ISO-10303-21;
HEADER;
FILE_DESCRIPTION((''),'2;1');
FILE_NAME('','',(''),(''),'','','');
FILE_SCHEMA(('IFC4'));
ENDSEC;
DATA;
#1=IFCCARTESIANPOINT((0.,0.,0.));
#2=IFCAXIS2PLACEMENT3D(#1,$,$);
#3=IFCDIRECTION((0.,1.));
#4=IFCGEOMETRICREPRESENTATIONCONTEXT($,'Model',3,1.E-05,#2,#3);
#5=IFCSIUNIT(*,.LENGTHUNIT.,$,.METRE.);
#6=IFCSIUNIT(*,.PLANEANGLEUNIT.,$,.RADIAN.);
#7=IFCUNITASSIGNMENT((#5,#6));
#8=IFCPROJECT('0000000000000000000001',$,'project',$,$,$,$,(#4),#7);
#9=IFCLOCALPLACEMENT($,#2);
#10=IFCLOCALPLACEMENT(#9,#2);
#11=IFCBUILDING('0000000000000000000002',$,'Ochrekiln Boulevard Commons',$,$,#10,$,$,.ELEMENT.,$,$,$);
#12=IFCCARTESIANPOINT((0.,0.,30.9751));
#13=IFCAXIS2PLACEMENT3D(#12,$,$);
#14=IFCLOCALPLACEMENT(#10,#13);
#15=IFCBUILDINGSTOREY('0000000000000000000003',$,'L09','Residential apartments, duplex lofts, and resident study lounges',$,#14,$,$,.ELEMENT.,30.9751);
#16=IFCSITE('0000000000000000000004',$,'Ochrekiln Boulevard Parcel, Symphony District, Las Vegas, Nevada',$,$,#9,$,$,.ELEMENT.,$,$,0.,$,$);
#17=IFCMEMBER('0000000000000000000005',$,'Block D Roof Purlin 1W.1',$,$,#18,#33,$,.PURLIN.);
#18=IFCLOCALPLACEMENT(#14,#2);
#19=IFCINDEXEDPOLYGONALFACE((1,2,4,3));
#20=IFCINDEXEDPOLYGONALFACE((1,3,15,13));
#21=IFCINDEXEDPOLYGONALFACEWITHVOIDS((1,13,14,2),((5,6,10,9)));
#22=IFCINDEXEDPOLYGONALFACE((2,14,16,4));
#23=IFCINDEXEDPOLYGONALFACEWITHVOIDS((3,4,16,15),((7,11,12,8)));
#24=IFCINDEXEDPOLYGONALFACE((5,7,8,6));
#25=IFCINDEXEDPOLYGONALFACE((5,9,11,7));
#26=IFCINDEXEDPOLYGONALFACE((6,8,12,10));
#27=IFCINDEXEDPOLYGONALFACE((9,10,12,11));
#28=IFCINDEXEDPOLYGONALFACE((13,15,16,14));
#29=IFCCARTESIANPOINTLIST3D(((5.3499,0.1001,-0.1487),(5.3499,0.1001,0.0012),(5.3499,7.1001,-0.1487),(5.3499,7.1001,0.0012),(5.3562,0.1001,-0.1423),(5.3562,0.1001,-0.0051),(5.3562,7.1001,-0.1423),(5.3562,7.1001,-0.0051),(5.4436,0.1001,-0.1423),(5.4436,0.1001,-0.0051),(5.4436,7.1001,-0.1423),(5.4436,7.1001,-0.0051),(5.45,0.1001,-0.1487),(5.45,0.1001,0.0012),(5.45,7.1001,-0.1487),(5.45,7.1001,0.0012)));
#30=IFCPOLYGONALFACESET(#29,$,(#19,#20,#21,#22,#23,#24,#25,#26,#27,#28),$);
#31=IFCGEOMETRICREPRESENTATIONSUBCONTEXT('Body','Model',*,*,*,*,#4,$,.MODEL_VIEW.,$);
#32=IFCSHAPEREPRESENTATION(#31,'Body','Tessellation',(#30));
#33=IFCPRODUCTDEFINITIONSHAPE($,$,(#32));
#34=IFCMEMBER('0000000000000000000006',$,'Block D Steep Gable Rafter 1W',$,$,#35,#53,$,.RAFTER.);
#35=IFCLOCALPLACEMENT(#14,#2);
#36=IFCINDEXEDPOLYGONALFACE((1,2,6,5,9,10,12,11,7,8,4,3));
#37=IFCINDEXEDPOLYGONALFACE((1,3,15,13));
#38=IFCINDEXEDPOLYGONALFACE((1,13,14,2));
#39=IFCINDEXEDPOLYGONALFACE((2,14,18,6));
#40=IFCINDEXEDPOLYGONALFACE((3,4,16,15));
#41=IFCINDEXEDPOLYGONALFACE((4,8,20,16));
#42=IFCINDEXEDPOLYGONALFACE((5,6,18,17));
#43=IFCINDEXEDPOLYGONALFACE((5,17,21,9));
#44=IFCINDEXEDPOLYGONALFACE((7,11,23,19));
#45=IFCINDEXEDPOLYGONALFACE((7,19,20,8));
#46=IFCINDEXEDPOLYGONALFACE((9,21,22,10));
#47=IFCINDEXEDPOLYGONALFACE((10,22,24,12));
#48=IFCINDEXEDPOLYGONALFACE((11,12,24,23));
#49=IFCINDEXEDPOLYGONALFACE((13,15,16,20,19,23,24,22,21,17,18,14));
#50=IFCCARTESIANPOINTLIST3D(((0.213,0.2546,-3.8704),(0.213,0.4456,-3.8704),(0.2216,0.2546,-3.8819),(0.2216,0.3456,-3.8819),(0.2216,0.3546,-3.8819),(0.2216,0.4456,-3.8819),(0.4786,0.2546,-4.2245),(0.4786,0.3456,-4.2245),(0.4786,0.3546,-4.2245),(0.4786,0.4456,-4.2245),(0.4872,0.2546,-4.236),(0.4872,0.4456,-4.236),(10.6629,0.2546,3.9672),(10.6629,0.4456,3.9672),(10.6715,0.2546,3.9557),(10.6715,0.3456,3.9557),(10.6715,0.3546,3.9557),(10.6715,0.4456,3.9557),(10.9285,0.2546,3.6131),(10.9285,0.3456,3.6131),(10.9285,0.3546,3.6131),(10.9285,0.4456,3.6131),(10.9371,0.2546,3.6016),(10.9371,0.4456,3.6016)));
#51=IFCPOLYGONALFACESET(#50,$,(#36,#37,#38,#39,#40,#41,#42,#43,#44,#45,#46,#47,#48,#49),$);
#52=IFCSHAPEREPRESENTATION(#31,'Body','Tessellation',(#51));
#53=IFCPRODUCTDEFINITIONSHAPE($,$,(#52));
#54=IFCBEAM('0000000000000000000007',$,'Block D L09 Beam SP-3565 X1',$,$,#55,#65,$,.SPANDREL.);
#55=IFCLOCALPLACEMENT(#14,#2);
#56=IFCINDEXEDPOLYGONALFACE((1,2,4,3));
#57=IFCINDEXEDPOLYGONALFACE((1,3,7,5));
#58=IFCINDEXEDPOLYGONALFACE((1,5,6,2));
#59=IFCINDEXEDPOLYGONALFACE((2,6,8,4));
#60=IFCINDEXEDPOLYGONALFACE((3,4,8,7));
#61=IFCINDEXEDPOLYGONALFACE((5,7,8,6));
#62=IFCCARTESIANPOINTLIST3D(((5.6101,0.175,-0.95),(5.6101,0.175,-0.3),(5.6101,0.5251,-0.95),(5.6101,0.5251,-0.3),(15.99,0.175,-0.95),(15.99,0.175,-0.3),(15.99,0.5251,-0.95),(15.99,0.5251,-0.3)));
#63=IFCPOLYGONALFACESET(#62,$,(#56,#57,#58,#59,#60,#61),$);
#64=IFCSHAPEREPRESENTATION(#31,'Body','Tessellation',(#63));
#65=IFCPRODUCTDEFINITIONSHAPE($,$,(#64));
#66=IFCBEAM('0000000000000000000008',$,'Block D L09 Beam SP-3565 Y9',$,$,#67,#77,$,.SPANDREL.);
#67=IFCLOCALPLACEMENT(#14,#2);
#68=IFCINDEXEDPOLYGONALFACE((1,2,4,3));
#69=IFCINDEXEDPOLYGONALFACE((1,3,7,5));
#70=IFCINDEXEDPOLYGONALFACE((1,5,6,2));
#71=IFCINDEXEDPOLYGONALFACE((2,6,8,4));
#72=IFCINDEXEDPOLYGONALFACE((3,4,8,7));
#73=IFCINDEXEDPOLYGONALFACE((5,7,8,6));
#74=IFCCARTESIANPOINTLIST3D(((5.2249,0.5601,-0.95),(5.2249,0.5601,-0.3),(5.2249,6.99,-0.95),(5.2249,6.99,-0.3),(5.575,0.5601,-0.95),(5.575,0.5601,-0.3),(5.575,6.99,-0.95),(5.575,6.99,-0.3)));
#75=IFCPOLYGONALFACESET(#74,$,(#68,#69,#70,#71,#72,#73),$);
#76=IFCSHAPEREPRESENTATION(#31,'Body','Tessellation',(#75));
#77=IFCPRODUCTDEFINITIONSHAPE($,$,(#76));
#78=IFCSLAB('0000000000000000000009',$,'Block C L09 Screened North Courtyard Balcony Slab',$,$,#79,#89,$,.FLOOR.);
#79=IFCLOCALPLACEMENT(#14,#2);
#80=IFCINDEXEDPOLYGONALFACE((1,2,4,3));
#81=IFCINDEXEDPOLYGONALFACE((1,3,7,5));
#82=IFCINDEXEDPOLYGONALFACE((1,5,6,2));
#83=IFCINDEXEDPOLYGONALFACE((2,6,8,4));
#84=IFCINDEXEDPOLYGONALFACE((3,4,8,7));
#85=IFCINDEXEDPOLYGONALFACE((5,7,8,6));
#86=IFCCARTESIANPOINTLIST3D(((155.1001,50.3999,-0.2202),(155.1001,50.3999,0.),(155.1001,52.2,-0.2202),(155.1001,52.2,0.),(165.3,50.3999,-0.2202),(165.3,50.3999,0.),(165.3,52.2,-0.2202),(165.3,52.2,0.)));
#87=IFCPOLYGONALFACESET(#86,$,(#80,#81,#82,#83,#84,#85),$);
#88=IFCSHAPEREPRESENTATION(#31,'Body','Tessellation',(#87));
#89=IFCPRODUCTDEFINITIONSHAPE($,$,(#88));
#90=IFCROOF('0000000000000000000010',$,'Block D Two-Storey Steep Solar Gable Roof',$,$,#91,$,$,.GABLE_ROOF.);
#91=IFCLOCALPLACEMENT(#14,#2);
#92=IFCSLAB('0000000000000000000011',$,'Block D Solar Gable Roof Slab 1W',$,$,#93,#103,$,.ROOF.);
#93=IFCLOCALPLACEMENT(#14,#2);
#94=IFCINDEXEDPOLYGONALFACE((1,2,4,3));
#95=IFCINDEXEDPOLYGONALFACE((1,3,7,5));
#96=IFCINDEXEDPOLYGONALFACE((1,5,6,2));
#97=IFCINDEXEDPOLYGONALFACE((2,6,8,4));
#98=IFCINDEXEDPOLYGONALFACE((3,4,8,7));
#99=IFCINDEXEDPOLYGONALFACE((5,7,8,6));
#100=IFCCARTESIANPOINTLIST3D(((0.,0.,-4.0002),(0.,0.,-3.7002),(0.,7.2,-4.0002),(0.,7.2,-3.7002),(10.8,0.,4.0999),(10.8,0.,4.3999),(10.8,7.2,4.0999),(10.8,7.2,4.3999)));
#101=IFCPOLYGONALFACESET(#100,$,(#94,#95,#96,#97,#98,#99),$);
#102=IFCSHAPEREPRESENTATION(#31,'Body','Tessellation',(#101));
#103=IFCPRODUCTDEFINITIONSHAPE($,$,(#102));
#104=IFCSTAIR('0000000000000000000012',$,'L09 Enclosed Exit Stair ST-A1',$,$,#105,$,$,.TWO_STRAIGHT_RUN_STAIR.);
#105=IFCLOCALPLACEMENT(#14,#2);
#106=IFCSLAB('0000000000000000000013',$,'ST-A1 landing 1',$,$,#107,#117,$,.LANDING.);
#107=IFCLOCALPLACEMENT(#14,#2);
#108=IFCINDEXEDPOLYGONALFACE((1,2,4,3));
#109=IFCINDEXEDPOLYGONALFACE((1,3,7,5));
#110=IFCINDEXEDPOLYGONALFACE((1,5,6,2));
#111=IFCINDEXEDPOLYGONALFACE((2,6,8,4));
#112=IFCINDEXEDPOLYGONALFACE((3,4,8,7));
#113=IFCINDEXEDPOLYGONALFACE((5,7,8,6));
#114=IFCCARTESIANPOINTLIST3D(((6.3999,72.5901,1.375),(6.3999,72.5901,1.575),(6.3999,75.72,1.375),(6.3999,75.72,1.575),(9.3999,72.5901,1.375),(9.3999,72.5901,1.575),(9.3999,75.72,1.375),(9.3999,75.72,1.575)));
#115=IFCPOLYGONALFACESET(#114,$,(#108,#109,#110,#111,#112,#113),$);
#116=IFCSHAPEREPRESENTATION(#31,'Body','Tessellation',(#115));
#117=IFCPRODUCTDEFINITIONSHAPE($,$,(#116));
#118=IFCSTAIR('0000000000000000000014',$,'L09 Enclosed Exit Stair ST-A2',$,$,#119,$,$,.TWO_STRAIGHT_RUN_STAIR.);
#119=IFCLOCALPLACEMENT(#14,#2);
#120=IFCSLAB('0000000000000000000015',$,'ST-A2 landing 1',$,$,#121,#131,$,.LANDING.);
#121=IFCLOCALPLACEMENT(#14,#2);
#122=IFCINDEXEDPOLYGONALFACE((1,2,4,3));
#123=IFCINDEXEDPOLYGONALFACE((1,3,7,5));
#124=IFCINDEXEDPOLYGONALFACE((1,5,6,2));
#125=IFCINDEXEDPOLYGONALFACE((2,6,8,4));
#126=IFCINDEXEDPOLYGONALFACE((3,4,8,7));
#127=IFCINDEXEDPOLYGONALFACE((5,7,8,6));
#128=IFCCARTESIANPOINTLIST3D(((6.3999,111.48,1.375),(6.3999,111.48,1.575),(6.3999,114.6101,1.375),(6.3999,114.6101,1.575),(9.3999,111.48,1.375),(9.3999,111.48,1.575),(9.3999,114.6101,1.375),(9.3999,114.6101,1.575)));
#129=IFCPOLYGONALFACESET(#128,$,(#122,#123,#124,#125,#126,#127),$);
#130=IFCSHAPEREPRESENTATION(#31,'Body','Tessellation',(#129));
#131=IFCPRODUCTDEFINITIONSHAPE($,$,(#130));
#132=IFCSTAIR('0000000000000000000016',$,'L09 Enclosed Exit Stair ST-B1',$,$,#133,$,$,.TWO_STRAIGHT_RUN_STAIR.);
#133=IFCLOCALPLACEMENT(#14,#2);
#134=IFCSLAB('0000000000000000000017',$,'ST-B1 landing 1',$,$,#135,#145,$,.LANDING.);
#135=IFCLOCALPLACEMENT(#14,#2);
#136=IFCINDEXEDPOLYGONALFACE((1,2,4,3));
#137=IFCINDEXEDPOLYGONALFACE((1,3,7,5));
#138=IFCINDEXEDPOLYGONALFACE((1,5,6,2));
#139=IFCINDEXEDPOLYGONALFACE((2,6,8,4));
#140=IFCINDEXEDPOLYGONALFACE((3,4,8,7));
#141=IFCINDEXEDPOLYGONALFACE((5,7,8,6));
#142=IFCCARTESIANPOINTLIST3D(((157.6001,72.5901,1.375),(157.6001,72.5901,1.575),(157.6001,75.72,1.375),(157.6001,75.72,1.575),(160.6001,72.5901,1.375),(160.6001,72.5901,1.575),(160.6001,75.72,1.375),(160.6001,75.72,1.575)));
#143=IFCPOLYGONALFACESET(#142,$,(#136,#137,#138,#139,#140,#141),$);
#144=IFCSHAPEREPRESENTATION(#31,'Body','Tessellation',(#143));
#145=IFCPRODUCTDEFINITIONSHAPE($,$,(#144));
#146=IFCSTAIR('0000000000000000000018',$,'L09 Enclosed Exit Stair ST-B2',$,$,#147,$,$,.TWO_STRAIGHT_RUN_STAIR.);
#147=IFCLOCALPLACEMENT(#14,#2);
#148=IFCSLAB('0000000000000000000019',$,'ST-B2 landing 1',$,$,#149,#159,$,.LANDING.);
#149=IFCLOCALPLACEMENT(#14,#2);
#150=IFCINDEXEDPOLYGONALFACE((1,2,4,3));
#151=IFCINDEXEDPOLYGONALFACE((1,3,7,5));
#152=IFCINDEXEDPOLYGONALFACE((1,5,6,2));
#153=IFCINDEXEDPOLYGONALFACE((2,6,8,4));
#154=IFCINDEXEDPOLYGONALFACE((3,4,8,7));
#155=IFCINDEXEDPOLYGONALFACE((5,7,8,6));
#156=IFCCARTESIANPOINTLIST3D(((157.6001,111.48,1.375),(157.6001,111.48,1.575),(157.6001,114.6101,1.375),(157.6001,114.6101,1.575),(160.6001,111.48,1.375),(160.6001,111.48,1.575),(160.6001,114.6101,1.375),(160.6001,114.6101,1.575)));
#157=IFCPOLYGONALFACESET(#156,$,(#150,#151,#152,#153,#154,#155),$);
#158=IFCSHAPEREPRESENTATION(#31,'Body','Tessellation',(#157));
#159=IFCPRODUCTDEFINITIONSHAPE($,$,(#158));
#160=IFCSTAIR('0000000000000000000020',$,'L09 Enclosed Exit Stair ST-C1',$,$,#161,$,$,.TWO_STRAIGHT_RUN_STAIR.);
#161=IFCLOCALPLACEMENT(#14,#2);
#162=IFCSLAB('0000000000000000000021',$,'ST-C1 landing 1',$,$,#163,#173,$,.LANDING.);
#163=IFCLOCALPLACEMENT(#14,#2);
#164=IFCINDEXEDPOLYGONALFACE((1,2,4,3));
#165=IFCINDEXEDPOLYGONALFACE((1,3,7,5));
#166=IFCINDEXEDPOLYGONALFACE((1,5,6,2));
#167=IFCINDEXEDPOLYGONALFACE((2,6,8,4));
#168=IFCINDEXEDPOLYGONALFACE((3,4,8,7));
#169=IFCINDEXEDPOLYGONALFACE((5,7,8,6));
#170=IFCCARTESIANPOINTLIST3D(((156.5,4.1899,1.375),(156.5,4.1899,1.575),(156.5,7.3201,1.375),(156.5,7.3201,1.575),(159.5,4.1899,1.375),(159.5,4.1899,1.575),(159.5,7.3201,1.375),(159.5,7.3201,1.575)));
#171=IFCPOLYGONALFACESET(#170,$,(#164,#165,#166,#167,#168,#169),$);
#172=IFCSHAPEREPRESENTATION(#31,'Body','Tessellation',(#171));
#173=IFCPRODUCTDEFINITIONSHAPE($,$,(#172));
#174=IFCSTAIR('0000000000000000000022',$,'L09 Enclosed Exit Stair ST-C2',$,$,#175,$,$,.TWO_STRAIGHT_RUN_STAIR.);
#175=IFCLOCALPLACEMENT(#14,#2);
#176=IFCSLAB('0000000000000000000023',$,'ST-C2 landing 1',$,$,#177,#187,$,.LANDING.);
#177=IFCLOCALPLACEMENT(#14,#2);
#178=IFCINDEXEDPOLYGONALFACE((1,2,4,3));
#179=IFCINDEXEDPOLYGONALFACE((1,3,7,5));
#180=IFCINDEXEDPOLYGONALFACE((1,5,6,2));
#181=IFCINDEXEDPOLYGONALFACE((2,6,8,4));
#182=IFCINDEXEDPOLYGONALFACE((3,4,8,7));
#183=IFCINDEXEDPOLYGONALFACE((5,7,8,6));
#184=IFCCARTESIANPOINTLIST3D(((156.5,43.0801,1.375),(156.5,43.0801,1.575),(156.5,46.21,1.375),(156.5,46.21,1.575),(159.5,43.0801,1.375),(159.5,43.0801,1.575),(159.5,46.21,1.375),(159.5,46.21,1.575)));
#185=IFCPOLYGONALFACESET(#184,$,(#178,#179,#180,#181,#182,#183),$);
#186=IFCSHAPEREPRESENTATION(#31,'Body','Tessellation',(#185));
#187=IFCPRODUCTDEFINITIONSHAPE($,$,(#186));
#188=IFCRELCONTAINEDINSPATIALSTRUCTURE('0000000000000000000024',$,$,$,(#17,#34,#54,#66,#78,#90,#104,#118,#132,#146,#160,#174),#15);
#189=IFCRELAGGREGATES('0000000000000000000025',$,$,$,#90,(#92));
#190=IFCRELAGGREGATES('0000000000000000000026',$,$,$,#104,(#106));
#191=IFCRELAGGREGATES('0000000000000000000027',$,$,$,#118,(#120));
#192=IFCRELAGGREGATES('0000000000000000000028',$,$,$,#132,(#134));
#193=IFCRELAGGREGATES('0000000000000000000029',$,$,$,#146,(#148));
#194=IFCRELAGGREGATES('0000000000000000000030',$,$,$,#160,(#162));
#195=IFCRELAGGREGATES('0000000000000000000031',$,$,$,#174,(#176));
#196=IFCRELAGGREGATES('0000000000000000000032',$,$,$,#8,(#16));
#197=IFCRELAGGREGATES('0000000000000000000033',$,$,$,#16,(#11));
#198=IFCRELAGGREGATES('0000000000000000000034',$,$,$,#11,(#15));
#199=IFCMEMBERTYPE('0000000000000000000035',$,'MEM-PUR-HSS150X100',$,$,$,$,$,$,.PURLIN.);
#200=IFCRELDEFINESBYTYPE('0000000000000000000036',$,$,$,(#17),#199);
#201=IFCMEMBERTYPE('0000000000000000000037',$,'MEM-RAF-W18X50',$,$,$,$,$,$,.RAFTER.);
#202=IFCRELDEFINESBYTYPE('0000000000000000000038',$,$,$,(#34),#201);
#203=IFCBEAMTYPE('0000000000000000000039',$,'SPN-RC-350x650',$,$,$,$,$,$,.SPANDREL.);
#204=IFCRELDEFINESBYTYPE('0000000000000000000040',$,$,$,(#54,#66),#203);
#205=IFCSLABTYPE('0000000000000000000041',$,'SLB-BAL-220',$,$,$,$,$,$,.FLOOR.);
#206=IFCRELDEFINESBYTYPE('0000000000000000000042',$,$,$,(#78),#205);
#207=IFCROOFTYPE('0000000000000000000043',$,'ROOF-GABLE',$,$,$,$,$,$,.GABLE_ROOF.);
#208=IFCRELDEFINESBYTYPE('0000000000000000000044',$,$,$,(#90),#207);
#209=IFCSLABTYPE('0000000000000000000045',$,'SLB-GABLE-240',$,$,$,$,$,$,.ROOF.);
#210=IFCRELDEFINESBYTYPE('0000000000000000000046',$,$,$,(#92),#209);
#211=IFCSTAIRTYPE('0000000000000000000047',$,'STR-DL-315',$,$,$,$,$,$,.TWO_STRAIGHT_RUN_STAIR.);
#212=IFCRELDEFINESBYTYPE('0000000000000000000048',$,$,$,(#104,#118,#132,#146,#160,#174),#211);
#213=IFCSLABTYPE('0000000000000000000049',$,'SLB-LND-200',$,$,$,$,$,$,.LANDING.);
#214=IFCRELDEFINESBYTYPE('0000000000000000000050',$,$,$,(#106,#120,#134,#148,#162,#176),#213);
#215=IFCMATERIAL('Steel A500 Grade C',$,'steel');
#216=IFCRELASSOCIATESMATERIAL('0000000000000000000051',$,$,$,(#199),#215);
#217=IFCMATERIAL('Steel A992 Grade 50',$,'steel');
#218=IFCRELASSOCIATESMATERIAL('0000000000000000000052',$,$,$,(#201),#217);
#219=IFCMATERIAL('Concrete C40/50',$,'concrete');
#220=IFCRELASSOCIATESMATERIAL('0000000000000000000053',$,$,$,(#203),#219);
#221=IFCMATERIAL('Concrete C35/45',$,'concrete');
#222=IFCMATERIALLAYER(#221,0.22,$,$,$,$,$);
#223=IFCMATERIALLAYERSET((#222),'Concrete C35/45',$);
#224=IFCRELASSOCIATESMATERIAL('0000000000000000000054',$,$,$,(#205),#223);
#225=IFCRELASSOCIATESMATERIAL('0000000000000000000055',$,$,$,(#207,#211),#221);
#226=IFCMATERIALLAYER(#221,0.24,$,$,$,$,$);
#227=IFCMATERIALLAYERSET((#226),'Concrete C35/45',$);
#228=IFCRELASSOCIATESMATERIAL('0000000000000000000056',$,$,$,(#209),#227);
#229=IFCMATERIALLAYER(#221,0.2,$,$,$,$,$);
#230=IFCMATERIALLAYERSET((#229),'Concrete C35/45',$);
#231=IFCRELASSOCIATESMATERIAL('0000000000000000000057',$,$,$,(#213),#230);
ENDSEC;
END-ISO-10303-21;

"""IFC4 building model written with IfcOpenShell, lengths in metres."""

from ifc_helpers import new_model, si_unit, direction, frame, origin, origin_2d, place, context, subcontext, project, spatial, polyline, rectangle, hollow_rectangle, i_section, outline, extrude, material, layer, layer_set, material_profile, profile_set, type_object, element, aggregate, save


model = new_model("IFC4")

# Units and contexts
model_context = context("Model", 3, precision=1e-05, world=origin(), true_north=direction((0.0, 1.0)))
body_context = subcontext(model_context, "Body", "Model", "MODEL_VIEW")
ifc_project = project(units=[si_unit("LENGTHUNIT", "METRE"), si_unit("PLANEANGLEUNIT", "RADIAN")], contexts=[model_context])

# Site, building, storey
site_placement = place(None, origin())
site = spatial("IfcSite", under=ifc_project, at=site_placement, Name="Ochrekiln Boulevard Parcel, Symphony District, Las Vegas, Nevada", CompositionType="ELEMENT", RefElevation=0.0)
building_placement = place(site_placement, origin())
building = spatial("IfcBuilding", under=site, at=building_placement, Name="Ochrekiln Boulevard Commons", CompositionType="ELEMENT")
storey_placement = place(building_placement, frame((0.0, 0.0, 30.9751)))
storey = spatial("IfcBuildingStorey", under=building, at=storey_placement, Name="L09", Description="Residential apartments, duplex lofts, and resident study lounges", CompositionType="ELEMENT", Elevation=30.9751)

# Members
ifc_material_1 = material(Name="Steel A500 Grade C", Category="steel")
ifc_material_profile_1 = material_profile(ifc_material_1, hollow_rectangle(XDim=0.1001, YDim=0.1499, WallThickness=0.0063, at=origin_2d()), Name="HSS150X100X6.4")
ifc_profile_set_1 = profile_set([ifc_material_profile_1], Name="Steel A500 Grade C")
member_type_1 = type_object("IfcMemberType", Name="MEM-PUR-HSS150X100", PredefinedType="PURLIN", material=ifc_profile_set_1)
member_1_placement = place(storey_placement, frame((5.3999, 0.1001, -0.0737), z_axis=(0.0, 1.0, 0.0), x_axis=(-1.0, 0.0, 0.0)))
element("IfcMember", 1, at=member_1_placement, inside=storey, type_object=member_type_1, Name="Block D Roof Purlin 1W.1", PredefinedType="PURLIN", context=body_context, shape_type="SweptSolid", body=[
    extrude(hollow_rectangle(XDim=0.1001, YDim=0.1499, WallThickness=0.0063, at=origin_2d()), origin(), (0.0, 0.0, 1.0), 7.0),
])
ifc_material_2 = material(Name="Steel A992 Grade 50", Category="steel")
ifc_material_profile_2 = material_profile(ifc_material_2, i_section(OverallWidth=0.1909, OverallDepth=0.457, WebThickness=0.009, FlangeThickness=0.0144, at=origin_2d()), Name="W18X50")
ifc_profile_set_2 = profile_set([ifc_material_profile_2], Name="Steel A992 Grade 50")
member_type_2 = type_object("IfcMemberType", Name="MEM-RAF-W18X50", PredefinedType="RAFTER", material=ifc_profile_set_2)
member_2_placement = place(storey_placement, frame((0.3501, 0.3501, -4.0532), z_axis=(0.799993, 0.0, 0.600009), x_axis=(0.0, 1.0, 0.0)))
element("IfcMember", 2, at=member_2_placement, inside=storey, type_object=member_type_2, Name="Block D Steep Gable Rafter 1W", PredefinedType="RAFTER", context=body_context, shape_type="SweptSolid", body=[
    extrude(i_section(OverallWidth=0.1909, OverallDepth=0.457, WebThickness=0.009, FlangeThickness=0.0144, at=origin_2d()), origin(), (0.0, 0.0, 1.0), 13.0625),
])

# Beams
ifc_material_3 = material(Name="Concrete C40/50", Category="concrete")
ifc_material_profile_3 = material_profile(ifc_material_3, rectangle(XDim=0.3501, YDim=0.6499, at=origin_2d()), Name="RC-SPN-350x650")
ifc_profile_set_3 = profile_set([ifc_material_profile_3], Name="Concrete C40/50")
beam_type = type_object("IfcBeamType", Name="SPN-RC-350x650", PredefinedType="SPANDREL", material=ifc_profile_set_3)
beam_1_placement = place(storey_placement, frame((5.6101, 0.3501, -0.625), z_axis=(1.0, 0.0, 0.0), x_axis=(0.0, 1.0, 0.0)))
element("IfcBeam", 3, at=beam_1_placement, inside=storey, type_object=beam_type, Name="Block D L09 Beam SP-3565 X1", PredefinedType="SPANDREL", context=body_context, shape_type="SweptSolid", body=[
    extrude(rectangle(XDim=0.3501, YDim=0.6499, at=origin_2d()), origin(), (0.0, 0.0, 1.0), 10.3799),
])
beam_2_placement = place(storey_placement, frame((5.3999, 0.5601, -0.625), z_axis=(0.0, 1.0, 0.0), x_axis=(-1.0, 0.0, 0.0)))
element("IfcBeam", 4, at=beam_2_placement, inside=storey, type_object=beam_type, Name="Block D L09 Beam SP-3565 Y9", PredefinedType="SPANDREL", context=body_context, shape_type="SweptSolid", body=[
    extrude(rectangle(XDim=0.3501, YDim=0.6499, at=origin_2d()), origin(), (0.0, 0.0, 1.0), 6.4299),
])

# Slab
ifc_material_4 = material(Name="Concrete C35/45", Category="concrete")
ifc_layer_1 = layer(ifc_material_4, 0.22)
ifc_layer_set_1 = layer_set([ifc_layer_1], Name="Concrete C35/45")
slab_type_1 = type_object("IfcSlabType", Name="SLB-BAL-220", PredefinedType="FLOOR", material=ifc_layer_set_1)
slab_1_placement = place(storey_placement, frame((0.0, 0.0, -0.2202)))
element("IfcSlab", 5, at=slab_1_placement, inside=storey, type_object=slab_type_1, Name="Block C L09 Screened North Courtyard Balcony Slab", PredefinedType="FLOOR", context=body_context, shape_type="SweptSolid", body=[
    extrude(outline(polyline([(155.1001, 50.3999), (165.3, 50.3999), (165.3, 52.2), (155.1001, 52.2), (155.1001, 50.3999)])), origin(), (0.0, 0.0, 1.0), 0.2202),
])

# Roof, slab
roof_type = type_object("IfcRoofType", Name="ROOF-GABLE", PredefinedType="GABLE_ROOF", material=ifc_material_4)
roof_placement = place(storey_placement, origin())
roof = element("IfcRoof", 6, at=roof_placement, inside=storey, type_object=roof_type, Name="Block D Two-Storey Steep Solar Gable Roof", PredefinedType="GABLE_ROOF")
ifc_layer_2 = layer(ifc_material_4, 0.24)
ifc_layer_set_2 = layer_set([ifc_layer_2], Name="Concrete C35/45")
slab_type_2 = type_object("IfcSlabType", Name="SLB-GABLE-240", PredefinedType="ROOF", material=ifc_layer_set_2)
slab_2_placement = place(storey_placement, frame((0.0, 7.2, -3.7002), z_axis=(0.0, -1.0, 0.0), x_axis=(1.0, 0.0, 0.0)))
slab_2 = element("IfcSlab", 7, at=slab_2_placement, type_object=slab_type_2, Name="Block D Solar Gable Roof Slab 1W", PredefinedType="ROOF", context=body_context, shape_type="SweptSolid", body=[
    extrude(outline(polyline([(0.0, 0.0), (10.8, 8.1001), (10.8, 7.8), (0.0, -0.3), (0.0, 0.0)])), origin(), (0.0, 0.0, 1.0), 7.2),
])
aggregate(roof, [slab_2])

# Stairs, slabs
stair_type = type_object("IfcStairType", Name="STR-DL-315", PredefinedType="TWO_STRAIGHT_RUN_STAIR", material=ifc_material_4)
stair_1_placement = place(storey_placement, origin())
stair_1 = element("IfcStair", 8, at=stair_1_placement, inside=storey, type_object=stair_type, Name="L09 Enclosed Exit Stair ST-A1", PredefinedType="TWO_STRAIGHT_RUN_STAIR")
ifc_layer_3 = layer(ifc_material_4, 0.2)
ifc_layer_set_3 = layer_set([ifc_layer_3], Name="Concrete C35/45")
slab_type_3 = type_object("IfcSlabType", Name="SLB-LND-200", PredefinedType="LANDING", material=ifc_layer_set_3)
slab_3_placement = place(storey_placement, frame((0.0, 0.0, 1.375)))
slab_3 = element("IfcSlab", 9, at=slab_3_placement, type_object=slab_type_3, Name="ST-A1 landing 1", PredefinedType="LANDING", context=body_context, shape_type="SweptSolid", body=[
    extrude(outline(polyline([(9.3999, 72.5901), (9.3999, 75.72), (6.3999, 75.72), (6.3999, 72.5901), (9.3999, 72.5901)])), origin(), (0.0, 0.0, 1.0), 0.2),
])
aggregate(stair_1, [slab_3])
stair_2_placement = place(storey_placement, origin())
stair_2 = element("IfcStair", 10, at=stair_2_placement, inside=storey, type_object=stair_type, Name="L09 Enclosed Exit Stair ST-A2", PredefinedType="TWO_STRAIGHT_RUN_STAIR")
slab_4_placement = place(storey_placement, frame((0.0, 0.0, 1.375)))
slab_4 = element("IfcSlab", 11, at=slab_4_placement, type_object=slab_type_3, Name="ST-A2 landing 1", PredefinedType="LANDING", context=body_context, shape_type="SweptSolid", body=[
    extrude(outline(polyline([(6.3999, 114.6101), (6.3999, 111.48), (9.3999, 111.48), (9.3999, 114.6101), (6.3999, 114.6101)])), origin(), (0.0, 0.0, 1.0), 0.2),
])
aggregate(stair_2, [slab_4])
stair_3_placement = place(storey_placement, origin())
stair_3 = element("IfcStair", 12, at=stair_3_placement, inside=storey, type_object=stair_type, Name="L09 Enclosed Exit Stair ST-B1", PredefinedType="TWO_STRAIGHT_RUN_STAIR")
slab_5_placement = place(storey_placement, frame((0.0, 0.0, 1.375)))
slab_5 = element("IfcSlab", 13, at=slab_5_placement, type_object=slab_type_3, Name="ST-B1 landing 1", PredefinedType="LANDING", context=body_context, shape_type="SweptSolid", body=[
    extrude(outline(polyline([(160.6001, 72.5901), (160.6001, 75.72), (157.6001, 75.72), (157.6001, 72.5901), (160.6001, 72.5901)])), origin(), (0.0, 0.0, 1.0), 0.2),
])
aggregate(stair_3, [slab_5])
stair_4_placement = place(storey_placement, origin())
stair_4 = element("IfcStair", 14, at=stair_4_placement, inside=storey, type_object=stair_type, Name="L09 Enclosed Exit Stair ST-B2", PredefinedType="TWO_STRAIGHT_RUN_STAIR")
slab_6_placement = place(storey_placement, frame((0.0, 0.0, 1.375)))
slab_6 = element("IfcSlab", 15, at=slab_6_placement, type_object=slab_type_3, Name="ST-B2 landing 1", PredefinedType="LANDING", context=body_context, shape_type="SweptSolid", body=[
    extrude(outline(polyline([(157.6001, 114.6101), (157.6001, 111.48), (160.6001, 111.48), (160.6001, 114.6101), (157.6001, 114.6101)])), origin(), (0.0, 0.0, 1.0), 0.2),
])
aggregate(stair_4, [slab_6])
stair_5_placement = place(storey_placement, origin())
stair_5 = element("IfcStair", 16, at=stair_5_placement, inside=storey, type_object=stair_type, Name="L09 Enclosed Exit Stair ST-C1", PredefinedType="TWO_STRAIGHT_RUN_STAIR")
slab_7_placement = place(storey_placement, frame((0.0, 0.0, 1.375)))
slab_7 = element("IfcSlab", 17, at=slab_7_placement, type_object=slab_type_3, Name="ST-C1 landing 1", PredefinedType="LANDING", context=body_context, shape_type="SweptSolid", body=[
    extrude(outline(polyline([(159.5, 4.1899), (159.5, 7.3201), (156.5, 7.3201), (156.5, 4.1899), (159.5, 4.1899)])), origin(), (0.0, 0.0, 1.0), 0.2),
])
aggregate(stair_5, [slab_7])
stair_6_placement = place(storey_placement, origin())
stair_6 = element("IfcStair", 18, at=stair_6_placement, inside=storey, type_object=stair_type, Name="L09 Enclosed Exit Stair ST-C2", PredefinedType="TWO_STRAIGHT_RUN_STAIR")
slab_8_placement = place(storey_placement, frame((0.0, 0.0, 1.375)))
slab_8 = element("IfcSlab", 19, at=slab_8_placement, type_object=slab_type_3, Name="ST-C2 landing 1", PredefinedType="LANDING", context=body_context, shape_type="SweptSolid", body=[
    extrude(outline(polyline([(156.5, 46.21), (156.5, 43.0801), (159.5, 43.0801), (159.5, 46.21), (156.5, 46.21)])), origin(), (0.0, 0.0, 1.0), 0.2),
])
aggregate(stair_6, [slab_8])

save(model, "model.ifc")
